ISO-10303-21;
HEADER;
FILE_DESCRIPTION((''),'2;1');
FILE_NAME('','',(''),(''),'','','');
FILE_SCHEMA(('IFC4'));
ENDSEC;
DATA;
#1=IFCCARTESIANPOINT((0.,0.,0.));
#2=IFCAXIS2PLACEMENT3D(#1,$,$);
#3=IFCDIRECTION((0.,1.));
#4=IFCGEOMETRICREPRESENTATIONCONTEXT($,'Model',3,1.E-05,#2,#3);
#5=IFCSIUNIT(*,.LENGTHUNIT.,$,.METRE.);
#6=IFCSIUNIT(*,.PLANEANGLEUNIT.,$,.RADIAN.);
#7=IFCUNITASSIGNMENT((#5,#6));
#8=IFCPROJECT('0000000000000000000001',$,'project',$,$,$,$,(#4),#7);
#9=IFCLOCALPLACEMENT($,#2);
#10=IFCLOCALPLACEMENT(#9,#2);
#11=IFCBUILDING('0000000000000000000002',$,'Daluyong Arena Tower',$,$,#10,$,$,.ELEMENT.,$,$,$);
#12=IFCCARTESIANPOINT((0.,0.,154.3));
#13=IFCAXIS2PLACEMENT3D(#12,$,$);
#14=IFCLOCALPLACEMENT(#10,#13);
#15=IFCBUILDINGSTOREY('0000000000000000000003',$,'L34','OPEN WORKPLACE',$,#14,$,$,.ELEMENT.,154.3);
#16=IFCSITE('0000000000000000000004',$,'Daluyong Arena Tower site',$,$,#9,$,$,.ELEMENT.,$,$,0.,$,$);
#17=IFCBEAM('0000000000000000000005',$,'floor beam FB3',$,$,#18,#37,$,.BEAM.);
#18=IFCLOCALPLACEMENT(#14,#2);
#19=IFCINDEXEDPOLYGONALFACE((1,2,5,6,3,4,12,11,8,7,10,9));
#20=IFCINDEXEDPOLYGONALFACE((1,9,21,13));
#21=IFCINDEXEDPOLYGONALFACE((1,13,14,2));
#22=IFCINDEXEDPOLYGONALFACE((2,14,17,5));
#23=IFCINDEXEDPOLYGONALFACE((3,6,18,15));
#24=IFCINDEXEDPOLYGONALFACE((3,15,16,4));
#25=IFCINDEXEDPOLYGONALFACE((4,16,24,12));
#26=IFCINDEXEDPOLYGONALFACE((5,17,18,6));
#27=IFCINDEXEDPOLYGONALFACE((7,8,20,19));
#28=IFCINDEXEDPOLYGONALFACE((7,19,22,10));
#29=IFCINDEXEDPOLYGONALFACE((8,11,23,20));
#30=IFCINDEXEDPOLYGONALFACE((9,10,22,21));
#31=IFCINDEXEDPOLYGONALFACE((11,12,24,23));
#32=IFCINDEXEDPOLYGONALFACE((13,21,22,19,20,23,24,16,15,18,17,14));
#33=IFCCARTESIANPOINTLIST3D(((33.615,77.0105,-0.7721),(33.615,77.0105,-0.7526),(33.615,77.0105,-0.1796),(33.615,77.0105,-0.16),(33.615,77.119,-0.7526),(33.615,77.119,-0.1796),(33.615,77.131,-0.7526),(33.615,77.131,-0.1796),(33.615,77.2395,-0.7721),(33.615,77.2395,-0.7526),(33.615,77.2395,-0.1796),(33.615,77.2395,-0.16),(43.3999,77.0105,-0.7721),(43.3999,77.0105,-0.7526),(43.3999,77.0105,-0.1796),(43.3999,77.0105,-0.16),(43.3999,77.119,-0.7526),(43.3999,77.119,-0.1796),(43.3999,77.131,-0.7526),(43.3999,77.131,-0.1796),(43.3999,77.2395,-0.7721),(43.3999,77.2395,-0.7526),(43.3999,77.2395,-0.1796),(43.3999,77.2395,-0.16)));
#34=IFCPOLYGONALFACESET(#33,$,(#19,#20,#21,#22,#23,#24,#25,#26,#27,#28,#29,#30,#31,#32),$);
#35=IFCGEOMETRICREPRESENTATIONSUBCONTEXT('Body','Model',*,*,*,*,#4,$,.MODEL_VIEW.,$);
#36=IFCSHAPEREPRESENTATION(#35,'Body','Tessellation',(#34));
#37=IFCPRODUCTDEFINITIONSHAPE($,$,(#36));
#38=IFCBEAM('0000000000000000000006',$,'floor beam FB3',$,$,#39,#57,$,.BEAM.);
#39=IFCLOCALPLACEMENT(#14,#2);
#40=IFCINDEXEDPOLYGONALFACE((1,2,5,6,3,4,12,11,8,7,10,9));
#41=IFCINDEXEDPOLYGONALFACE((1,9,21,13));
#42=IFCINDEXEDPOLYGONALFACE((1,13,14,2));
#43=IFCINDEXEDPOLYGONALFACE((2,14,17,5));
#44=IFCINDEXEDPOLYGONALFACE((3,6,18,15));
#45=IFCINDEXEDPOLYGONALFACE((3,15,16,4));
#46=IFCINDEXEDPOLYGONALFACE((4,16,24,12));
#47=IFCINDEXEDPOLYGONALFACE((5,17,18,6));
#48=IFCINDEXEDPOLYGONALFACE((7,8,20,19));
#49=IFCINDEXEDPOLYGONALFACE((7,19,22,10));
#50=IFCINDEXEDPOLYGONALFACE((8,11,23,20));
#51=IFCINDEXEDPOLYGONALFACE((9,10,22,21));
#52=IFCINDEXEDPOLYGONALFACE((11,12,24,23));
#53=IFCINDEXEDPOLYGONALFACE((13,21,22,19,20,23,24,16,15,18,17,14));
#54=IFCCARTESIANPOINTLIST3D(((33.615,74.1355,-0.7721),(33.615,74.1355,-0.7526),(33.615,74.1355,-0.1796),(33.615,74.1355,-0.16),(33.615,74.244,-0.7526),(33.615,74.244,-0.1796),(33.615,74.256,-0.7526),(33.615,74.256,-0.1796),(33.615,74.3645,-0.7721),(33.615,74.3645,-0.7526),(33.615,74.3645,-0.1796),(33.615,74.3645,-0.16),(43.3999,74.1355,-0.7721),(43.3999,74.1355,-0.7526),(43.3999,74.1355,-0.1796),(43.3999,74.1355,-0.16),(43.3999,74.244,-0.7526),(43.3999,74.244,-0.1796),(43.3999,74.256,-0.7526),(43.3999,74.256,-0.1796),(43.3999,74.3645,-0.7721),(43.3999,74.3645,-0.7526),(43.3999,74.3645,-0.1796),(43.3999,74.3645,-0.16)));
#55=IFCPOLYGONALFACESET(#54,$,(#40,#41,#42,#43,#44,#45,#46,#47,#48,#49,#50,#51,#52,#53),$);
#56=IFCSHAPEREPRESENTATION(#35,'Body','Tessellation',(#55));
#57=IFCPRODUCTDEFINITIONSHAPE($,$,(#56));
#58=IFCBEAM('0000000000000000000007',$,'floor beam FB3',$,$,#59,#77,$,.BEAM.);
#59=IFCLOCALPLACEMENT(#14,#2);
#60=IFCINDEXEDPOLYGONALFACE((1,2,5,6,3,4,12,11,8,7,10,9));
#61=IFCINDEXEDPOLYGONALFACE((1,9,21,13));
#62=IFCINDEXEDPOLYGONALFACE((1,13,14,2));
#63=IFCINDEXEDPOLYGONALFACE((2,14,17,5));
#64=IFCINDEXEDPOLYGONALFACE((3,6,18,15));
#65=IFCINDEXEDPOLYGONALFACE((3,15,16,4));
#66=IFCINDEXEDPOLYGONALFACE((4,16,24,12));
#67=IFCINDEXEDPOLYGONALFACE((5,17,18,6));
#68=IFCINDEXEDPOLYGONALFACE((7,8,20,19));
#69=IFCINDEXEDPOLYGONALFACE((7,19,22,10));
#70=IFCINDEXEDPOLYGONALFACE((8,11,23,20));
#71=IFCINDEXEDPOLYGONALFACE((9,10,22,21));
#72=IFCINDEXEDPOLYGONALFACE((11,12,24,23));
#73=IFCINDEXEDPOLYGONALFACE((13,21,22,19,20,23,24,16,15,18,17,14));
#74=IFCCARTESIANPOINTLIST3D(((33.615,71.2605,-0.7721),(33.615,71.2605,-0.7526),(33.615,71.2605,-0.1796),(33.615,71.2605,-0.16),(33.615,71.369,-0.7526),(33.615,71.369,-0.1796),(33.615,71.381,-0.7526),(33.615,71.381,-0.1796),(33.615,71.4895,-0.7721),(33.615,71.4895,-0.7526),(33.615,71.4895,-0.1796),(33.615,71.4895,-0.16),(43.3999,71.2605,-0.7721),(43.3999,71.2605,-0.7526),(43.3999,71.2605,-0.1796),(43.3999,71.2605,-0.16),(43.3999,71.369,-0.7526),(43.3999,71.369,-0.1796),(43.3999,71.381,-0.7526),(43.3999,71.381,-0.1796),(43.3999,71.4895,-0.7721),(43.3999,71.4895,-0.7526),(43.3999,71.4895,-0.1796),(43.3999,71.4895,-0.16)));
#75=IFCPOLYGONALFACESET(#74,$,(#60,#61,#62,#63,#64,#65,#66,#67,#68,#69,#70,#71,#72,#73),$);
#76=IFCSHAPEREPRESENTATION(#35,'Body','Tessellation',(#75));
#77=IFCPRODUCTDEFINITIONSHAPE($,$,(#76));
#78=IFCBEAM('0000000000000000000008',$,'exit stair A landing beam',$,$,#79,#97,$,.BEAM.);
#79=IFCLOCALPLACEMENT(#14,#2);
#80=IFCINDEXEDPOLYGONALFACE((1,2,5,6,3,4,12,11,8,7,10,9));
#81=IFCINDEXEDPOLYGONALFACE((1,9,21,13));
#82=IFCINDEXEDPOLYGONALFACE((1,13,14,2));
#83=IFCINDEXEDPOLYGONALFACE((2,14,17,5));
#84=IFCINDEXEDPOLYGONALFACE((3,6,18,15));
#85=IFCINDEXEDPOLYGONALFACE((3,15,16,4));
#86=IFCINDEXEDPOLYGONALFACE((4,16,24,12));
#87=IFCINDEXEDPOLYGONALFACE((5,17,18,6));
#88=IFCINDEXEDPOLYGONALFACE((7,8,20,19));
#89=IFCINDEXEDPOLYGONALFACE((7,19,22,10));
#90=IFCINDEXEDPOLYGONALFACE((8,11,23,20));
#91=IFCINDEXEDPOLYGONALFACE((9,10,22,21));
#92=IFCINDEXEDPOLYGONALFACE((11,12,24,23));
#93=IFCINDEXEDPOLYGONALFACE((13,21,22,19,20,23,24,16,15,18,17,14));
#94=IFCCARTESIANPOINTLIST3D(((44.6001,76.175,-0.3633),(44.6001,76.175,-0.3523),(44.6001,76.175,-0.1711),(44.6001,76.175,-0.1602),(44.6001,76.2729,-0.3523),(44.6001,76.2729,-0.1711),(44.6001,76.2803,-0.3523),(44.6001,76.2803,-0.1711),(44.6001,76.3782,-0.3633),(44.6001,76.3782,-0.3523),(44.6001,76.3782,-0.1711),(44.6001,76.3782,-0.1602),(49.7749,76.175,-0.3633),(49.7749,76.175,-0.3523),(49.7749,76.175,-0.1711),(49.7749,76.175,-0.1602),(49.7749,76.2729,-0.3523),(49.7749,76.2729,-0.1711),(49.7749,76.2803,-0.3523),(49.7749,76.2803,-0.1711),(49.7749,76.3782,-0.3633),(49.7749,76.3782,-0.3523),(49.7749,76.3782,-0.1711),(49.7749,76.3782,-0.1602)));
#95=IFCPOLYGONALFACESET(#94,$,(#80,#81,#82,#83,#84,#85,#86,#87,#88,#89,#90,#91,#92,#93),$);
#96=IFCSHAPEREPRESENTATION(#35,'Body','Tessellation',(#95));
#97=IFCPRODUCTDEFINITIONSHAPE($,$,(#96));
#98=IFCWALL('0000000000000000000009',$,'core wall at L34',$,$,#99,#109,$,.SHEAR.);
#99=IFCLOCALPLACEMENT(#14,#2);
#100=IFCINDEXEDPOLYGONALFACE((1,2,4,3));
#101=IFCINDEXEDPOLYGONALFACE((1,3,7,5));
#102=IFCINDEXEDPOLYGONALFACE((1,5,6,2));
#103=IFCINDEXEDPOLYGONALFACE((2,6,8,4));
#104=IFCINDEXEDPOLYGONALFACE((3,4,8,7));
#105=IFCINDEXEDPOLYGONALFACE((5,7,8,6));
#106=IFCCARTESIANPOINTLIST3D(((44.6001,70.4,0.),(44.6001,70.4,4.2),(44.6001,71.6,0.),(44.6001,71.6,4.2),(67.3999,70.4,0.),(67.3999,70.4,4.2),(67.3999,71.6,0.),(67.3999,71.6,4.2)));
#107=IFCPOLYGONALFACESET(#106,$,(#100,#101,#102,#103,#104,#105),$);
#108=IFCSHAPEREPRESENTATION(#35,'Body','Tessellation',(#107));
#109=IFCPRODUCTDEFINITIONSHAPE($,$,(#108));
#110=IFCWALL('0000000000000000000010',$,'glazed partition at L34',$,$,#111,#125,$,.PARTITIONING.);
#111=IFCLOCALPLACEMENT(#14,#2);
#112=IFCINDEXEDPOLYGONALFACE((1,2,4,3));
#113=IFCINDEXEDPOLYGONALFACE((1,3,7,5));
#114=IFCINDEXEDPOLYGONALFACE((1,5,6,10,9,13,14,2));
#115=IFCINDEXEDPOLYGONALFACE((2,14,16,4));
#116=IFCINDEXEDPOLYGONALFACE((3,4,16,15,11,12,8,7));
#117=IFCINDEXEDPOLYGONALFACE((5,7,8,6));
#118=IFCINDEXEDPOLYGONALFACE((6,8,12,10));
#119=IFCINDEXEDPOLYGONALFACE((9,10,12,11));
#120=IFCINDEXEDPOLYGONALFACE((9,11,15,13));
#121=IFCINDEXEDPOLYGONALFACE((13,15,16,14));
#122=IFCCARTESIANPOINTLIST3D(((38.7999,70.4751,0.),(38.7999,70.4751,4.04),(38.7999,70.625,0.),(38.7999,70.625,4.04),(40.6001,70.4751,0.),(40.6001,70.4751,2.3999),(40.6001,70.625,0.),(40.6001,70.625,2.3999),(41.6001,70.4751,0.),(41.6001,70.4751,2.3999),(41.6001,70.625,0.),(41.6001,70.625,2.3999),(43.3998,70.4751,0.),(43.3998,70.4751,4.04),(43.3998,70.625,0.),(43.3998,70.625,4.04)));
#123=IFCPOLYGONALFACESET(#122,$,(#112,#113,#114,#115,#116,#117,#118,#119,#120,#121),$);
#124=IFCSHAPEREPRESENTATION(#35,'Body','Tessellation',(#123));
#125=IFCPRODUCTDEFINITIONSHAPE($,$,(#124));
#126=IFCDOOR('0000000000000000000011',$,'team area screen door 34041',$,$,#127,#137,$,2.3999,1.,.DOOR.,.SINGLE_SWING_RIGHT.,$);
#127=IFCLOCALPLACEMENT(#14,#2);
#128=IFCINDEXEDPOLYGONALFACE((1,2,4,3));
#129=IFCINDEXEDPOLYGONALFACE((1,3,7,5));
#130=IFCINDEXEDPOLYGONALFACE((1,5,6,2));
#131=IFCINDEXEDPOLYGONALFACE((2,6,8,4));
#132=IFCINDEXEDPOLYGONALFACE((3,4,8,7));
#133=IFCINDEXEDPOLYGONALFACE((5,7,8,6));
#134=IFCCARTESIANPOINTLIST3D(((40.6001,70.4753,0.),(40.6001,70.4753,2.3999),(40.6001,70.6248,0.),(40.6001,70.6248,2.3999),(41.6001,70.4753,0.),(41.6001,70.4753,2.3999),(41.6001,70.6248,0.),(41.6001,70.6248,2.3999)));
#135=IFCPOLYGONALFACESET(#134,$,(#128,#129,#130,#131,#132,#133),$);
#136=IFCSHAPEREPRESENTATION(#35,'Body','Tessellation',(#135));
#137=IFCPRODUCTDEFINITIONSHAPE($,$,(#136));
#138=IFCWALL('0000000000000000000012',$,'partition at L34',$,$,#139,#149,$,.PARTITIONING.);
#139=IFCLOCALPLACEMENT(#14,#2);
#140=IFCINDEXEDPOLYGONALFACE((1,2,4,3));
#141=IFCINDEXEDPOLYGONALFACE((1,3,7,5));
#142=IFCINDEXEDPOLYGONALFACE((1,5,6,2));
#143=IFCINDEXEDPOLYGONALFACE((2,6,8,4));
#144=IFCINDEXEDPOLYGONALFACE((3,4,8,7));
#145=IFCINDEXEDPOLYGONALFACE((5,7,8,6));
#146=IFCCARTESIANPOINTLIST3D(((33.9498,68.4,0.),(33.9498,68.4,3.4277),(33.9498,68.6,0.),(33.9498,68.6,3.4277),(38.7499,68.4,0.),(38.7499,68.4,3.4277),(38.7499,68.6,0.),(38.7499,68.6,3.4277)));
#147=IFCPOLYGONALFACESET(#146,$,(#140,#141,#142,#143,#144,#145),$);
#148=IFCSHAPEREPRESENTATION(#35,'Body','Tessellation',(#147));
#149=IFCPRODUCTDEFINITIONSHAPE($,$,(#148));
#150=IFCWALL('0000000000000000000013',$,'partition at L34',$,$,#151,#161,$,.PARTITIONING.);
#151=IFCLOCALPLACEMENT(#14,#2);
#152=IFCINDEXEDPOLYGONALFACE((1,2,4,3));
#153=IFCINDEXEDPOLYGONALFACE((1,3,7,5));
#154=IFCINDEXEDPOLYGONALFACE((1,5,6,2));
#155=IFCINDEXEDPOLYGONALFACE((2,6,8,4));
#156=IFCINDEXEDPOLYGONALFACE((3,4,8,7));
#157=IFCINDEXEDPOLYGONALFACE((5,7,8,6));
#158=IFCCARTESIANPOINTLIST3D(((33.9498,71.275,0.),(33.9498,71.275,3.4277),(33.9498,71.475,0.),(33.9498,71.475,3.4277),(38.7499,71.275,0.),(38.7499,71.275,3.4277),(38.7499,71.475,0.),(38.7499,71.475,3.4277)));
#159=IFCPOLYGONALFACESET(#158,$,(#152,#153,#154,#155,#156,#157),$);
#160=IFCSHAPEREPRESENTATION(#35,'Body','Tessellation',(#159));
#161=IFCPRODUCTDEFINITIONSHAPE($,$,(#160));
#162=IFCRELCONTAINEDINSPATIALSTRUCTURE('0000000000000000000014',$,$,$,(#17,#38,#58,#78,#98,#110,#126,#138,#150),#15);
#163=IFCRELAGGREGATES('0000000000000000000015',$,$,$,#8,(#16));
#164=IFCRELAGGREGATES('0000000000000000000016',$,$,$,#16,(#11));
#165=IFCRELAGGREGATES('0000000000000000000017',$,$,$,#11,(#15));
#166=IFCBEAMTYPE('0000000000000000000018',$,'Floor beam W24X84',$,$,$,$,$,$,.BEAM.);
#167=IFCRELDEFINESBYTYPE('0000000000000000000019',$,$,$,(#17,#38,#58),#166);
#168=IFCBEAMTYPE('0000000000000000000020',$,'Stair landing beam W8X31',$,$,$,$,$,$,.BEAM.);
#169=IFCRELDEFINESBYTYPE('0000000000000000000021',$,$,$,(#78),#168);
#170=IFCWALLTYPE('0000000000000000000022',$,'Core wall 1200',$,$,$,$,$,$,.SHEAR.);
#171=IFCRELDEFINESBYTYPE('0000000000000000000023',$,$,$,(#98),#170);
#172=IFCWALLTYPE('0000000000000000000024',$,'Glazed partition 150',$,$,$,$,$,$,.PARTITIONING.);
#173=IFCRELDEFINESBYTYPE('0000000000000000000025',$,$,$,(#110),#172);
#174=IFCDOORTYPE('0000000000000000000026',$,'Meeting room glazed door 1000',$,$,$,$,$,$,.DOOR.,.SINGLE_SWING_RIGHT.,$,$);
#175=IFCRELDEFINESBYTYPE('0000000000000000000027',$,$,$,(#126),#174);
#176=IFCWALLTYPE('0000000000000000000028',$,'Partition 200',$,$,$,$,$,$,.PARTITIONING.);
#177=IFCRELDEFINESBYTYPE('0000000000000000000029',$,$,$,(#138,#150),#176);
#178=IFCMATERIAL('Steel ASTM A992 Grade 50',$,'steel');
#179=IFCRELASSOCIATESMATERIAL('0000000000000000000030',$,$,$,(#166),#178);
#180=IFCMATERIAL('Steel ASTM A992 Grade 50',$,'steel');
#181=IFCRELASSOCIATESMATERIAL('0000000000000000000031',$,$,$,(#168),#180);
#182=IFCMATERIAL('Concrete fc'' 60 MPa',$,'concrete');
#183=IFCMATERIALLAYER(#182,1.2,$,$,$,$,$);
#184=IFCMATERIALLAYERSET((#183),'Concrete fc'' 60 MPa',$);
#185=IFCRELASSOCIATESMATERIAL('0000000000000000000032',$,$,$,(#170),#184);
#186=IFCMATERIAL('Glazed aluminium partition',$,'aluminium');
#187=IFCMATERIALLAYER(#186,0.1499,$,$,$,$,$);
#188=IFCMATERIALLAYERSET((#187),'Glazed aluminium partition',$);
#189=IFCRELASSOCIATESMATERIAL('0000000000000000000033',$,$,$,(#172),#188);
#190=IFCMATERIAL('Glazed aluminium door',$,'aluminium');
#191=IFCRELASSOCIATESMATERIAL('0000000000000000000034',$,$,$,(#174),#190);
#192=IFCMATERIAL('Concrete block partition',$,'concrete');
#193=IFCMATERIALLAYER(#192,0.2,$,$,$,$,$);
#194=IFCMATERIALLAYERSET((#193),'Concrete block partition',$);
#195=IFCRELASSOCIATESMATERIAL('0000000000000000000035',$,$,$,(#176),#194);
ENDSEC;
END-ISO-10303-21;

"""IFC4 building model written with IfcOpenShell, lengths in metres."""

from ifc_helpers import new_model, si_unit, direction, frame, frame_2d, origin, origin_2d, place, context, subcontext, project, spatial, rectangle, i_section, extrude, material, layer, layer_set, material_profile, profile_set, type_object, element, fill, save


model = new_model("IFC4")

# Units and contexts
model_context = context("Model", 3, precision=1e-05, world=origin(), true_north=direction((0.0, 1.0)))
body_context = subcontext(model_context, "Body", "Model", "MODEL_VIEW")
ifc_project = project(units=[si_unit("LENGTHUNIT", "METRE"), si_unit("PLANEANGLEUNIT", "RADIAN")], contexts=[model_context])

# Site, building, storey
site_placement = place(None, origin())
site = spatial("IfcSite", under=ifc_project, at=site_placement, Name="Daluyong Arena Tower site", CompositionType="ELEMENT", RefElevation=0.0)
building_placement = place(site_placement, origin())
building = spatial("IfcBuilding", under=site, at=building_placement, Name="Daluyong Arena Tower", CompositionType="ELEMENT")
storey_placement = place(building_placement, frame((0.0, 0.0, 154.3)))
storey = spatial("IfcBuildingStorey", under=building, at=storey_placement, Name="L34", Description="OPEN WORKPLACE", CompositionType="ELEMENT", Elevation=154.3)

# Beams
ifc_material_1 = material(Name="Steel ASTM A992 Grade 50", Category="steel")
ifc_material_profile_1 = material_profile(ifc_material_1, i_section(OverallWidth=0.229, OverallDepth=0.6121, WebThickness=0.012, FlangeThickness=0.0195, at=origin_2d()))
ifc_profile_set_1 = profile_set([ifc_material_profile_1], Name="Steel ASTM A992 Grade 50")
beam_type_1 = type_object("IfcBeamType", Name="Floor beam W24X84", PredefinedType="BEAM", material=ifc_profile_set_1)
for number, where, z_axis, x_axis, name in (
    (1, (33.615, 77.125, -0.4661), (1.0, 0.0, 0.0), (0.0, 1.0, 0.0), "floor beam FB3"),
    (2, (33.615, 74.25, -0.4661), (1.0, 0.0, 0.0), (0.0, 1.0, 0.0), "floor beam FB3"),
    (3, (33.615, 71.375, -0.4661), (1.0, 0.0, 0.0), (0.0, 1.0, 0.0), "floor beam FB3"),
):
    element("IfcBeam", number, at=place(storey_placement, frame(where, z_axis=z_axis, x_axis=x_axis)), inside=storey, type_object=beam_type_1, Name=name, PredefinedType="BEAM", context=body_context, shape_type="SweptSolid", body=[
        extrude(i_section(OverallWidth=0.229, OverallDepth=0.6121, WebThickness=0.012, FlangeThickness=0.0195, at=origin_2d()), origin(), (0.0, 0.0, 1.0), 9.7849),
    ])
ifc_material_2 = material(Name="Steel ASTM A992 Grade 50", Category="steel")
ifc_material_profile_2 = material_profile(ifc_material_2, i_section(OverallWidth=0.2031, OverallDepth=0.2031, WebThickness=0.0073, FlangeThickness=0.011, at=origin_2d()))
ifc_profile_set_2 = profile_set([ifc_material_profile_2], Name="Steel ASTM A992 Grade 50")
beam_type_2 = type_object("IfcBeamType", Name="Stair landing beam W8X31", PredefinedType="BEAM", material=ifc_profile_set_2)
beam_placement = place(storey_placement, frame((44.6001, 76.2766, -0.2617), z_axis=(1.0, 0.0, 0.0), x_axis=(0.0, 1.0, 0.0)))
element("IfcBeam", 4, at=beam_placement, inside=storey, type_object=beam_type_2, Name="exit stair A landing beam", PredefinedType="BEAM", context=body_context, shape_type="SweptSolid", body=[
    extrude(i_section(OverallWidth=0.2031, OverallDepth=0.2031, WebThickness=0.0073, FlangeThickness=0.011, at=origin_2d()), origin(), (0.0, 0.0, 1.0), 5.1748),
])

# Shared definitions
ifc_material_3 = material(Name="Concrete fc' 60 MPa", Category="concrete")
ifc_layer_1 = layer(ifc_material_3, 1.2)
ifc_layer_set_1 = layer_set([ifc_layer_1], Name="Concrete fc' 60 MPa")
wall_type_1 = type_object("IfcWallType", Name="Core wall 1200", PredefinedType="SHEAR", material=ifc_layer_set_1)

# Wall
wall_1_placement = place(storey_placement, frame((44.6001, 71.0, 0.0), z_axis=(0.0, 0.0, 1.0), x_axis=(1.0, 0.0, 0.0)))
element("IfcWall", 5, at=wall_1_placement, inside=storey, type_object=wall_type_1, Name="core wall at L34", PredefinedType="SHEAR", context=body_context, shape_type="SweptSolid", body=[
    extrude(rectangle(XDim=22.7998, YDim=1.2, at=frame_2d((11.3999, 0.0))), origin(), (0.0, 0.0, 1.0), 4.2),
])

# Wall, opening, door
ifc_material_4 = material(Name="Glazed aluminium partition", Category="aluminium")
ifc_layer_2 = layer(ifc_material_4, 0.1499)
ifc_layer_set_2 = layer_set([ifc_layer_2], Name="Glazed aluminium partition")
wall_type_2 = type_object("IfcWallType", Name="Glazed partition 150", PredefinedType="PARTITIONING", material=ifc_layer_set_2)
wall_2_placement = place(storey_placement, frame((38.8, 70.55, 0.0), z_axis=(0.0, 0.0, 1.0), x_axis=(1.0, 0.0, 0.0)))
wall_2 = element("IfcWall", 6, at=wall_2_placement, inside=storey, type_object=wall_type_2, Name="glazed partition at L34", PredefinedType="PARTITIONING", context=body_context, shape_type="SweptSolid", body=[
    extrude(rectangle(XDim=4.5999, YDim=0.1499, at=frame_2d((2.2998, 0.0))), origin(), (0.0, 0.0, 1.0), 4.04),
])
opening_1_placement = place(wall_2_placement, frame((1.8, 0.0, 0.0)))
opening_1 = element("IfcOpeningElement", 7, at=opening_1_placement, cuts=wall_2, PredefinedType="OPENING", context=body_context, shape_type="SweptSolid", body=[
    extrude(rectangle(XDim=1.0, YDim=2.3999, at=frame_2d((0.5, 1.2))), frame((0.0, 0.085, 0.0), z_axis=(0.0, -1.0, 0.0), x_axis=(1.0, 0.0, 0.0)), (0.0, 0.0, 1.0), 0.1699),
])
ifc_material_5 = material(Name="Glazed aluminium door", Category="aluminium")
door_type_1 = type_object("IfcDoorType", Name="Meeting room glazed door 1000", OperationType="SINGLE_SWING_RIGHT", PredefinedType="DOOR", material=ifc_material_5)
door_1_placement = place(opening_1_placement, origin())
door_1 = element("IfcDoor", 8, at=door_1_placement, inside=storey, type_object=door_type_1, Name="team area screen door 34041", OperationType="SINGLE_SWING_RIGHT", OverallHeight=2.3999, OverallWidth=1.0, PredefinedType="DOOR", context=body_context, shape_type="SweptSolid", body=[
    extrude(rectangle(XDim=1.0, YDim=2.3999, at=frame_2d((0.5, 1.2))), frame((0.0, 0.0747, 0.0), z_axis=(0.0, -1.0, 0.0), x_axis=(1.0, 0.0, 0.0)), (0.0, 0.0, 1.0), 0.1494),
])
fill(opening_1, door_1)

# Walls
ifc_material_6 = material(Name="Concrete block partition", Category="concrete")
ifc_layer_3 = layer(ifc_material_6, 0.2)
ifc_layer_set_3 = layer_set([ifc_layer_3], Name="Concrete block partition")
wall_type_3 = type_object("IfcWallType", Name="Partition 200", PredefinedType="PARTITIONING", material=ifc_layer_set_3)
for number, where, z_axis, x_axis, name in (
    (9, (33.95, 68.5, 0.0), (0.0, 0.0, 1.0), (1.0, 0.0, 0.0), "partition at L34"),
    (10, (33.95, 71.375, 0.0), (0.0, 0.0, 1.0), (1.0, 0.0, 0.0), "partition at L34"),
):
    element("IfcWall", number, at=place(storey_placement, frame(where, z_axis=z_axis, x_axis=x_axis)), inside=storey, type_object=wall_type_3, Name=name, PredefinedType="PARTITIONING", context=body_context, shape_type="SweptSolid", body=[
        extrude(rectangle(XDim=4.8, YDim=0.2, at=frame_2d((2.3999, 0.0))), origin(), (0.0, 0.0, 1.0), 3.4277),
    ])

save(model, "model.ifc")
